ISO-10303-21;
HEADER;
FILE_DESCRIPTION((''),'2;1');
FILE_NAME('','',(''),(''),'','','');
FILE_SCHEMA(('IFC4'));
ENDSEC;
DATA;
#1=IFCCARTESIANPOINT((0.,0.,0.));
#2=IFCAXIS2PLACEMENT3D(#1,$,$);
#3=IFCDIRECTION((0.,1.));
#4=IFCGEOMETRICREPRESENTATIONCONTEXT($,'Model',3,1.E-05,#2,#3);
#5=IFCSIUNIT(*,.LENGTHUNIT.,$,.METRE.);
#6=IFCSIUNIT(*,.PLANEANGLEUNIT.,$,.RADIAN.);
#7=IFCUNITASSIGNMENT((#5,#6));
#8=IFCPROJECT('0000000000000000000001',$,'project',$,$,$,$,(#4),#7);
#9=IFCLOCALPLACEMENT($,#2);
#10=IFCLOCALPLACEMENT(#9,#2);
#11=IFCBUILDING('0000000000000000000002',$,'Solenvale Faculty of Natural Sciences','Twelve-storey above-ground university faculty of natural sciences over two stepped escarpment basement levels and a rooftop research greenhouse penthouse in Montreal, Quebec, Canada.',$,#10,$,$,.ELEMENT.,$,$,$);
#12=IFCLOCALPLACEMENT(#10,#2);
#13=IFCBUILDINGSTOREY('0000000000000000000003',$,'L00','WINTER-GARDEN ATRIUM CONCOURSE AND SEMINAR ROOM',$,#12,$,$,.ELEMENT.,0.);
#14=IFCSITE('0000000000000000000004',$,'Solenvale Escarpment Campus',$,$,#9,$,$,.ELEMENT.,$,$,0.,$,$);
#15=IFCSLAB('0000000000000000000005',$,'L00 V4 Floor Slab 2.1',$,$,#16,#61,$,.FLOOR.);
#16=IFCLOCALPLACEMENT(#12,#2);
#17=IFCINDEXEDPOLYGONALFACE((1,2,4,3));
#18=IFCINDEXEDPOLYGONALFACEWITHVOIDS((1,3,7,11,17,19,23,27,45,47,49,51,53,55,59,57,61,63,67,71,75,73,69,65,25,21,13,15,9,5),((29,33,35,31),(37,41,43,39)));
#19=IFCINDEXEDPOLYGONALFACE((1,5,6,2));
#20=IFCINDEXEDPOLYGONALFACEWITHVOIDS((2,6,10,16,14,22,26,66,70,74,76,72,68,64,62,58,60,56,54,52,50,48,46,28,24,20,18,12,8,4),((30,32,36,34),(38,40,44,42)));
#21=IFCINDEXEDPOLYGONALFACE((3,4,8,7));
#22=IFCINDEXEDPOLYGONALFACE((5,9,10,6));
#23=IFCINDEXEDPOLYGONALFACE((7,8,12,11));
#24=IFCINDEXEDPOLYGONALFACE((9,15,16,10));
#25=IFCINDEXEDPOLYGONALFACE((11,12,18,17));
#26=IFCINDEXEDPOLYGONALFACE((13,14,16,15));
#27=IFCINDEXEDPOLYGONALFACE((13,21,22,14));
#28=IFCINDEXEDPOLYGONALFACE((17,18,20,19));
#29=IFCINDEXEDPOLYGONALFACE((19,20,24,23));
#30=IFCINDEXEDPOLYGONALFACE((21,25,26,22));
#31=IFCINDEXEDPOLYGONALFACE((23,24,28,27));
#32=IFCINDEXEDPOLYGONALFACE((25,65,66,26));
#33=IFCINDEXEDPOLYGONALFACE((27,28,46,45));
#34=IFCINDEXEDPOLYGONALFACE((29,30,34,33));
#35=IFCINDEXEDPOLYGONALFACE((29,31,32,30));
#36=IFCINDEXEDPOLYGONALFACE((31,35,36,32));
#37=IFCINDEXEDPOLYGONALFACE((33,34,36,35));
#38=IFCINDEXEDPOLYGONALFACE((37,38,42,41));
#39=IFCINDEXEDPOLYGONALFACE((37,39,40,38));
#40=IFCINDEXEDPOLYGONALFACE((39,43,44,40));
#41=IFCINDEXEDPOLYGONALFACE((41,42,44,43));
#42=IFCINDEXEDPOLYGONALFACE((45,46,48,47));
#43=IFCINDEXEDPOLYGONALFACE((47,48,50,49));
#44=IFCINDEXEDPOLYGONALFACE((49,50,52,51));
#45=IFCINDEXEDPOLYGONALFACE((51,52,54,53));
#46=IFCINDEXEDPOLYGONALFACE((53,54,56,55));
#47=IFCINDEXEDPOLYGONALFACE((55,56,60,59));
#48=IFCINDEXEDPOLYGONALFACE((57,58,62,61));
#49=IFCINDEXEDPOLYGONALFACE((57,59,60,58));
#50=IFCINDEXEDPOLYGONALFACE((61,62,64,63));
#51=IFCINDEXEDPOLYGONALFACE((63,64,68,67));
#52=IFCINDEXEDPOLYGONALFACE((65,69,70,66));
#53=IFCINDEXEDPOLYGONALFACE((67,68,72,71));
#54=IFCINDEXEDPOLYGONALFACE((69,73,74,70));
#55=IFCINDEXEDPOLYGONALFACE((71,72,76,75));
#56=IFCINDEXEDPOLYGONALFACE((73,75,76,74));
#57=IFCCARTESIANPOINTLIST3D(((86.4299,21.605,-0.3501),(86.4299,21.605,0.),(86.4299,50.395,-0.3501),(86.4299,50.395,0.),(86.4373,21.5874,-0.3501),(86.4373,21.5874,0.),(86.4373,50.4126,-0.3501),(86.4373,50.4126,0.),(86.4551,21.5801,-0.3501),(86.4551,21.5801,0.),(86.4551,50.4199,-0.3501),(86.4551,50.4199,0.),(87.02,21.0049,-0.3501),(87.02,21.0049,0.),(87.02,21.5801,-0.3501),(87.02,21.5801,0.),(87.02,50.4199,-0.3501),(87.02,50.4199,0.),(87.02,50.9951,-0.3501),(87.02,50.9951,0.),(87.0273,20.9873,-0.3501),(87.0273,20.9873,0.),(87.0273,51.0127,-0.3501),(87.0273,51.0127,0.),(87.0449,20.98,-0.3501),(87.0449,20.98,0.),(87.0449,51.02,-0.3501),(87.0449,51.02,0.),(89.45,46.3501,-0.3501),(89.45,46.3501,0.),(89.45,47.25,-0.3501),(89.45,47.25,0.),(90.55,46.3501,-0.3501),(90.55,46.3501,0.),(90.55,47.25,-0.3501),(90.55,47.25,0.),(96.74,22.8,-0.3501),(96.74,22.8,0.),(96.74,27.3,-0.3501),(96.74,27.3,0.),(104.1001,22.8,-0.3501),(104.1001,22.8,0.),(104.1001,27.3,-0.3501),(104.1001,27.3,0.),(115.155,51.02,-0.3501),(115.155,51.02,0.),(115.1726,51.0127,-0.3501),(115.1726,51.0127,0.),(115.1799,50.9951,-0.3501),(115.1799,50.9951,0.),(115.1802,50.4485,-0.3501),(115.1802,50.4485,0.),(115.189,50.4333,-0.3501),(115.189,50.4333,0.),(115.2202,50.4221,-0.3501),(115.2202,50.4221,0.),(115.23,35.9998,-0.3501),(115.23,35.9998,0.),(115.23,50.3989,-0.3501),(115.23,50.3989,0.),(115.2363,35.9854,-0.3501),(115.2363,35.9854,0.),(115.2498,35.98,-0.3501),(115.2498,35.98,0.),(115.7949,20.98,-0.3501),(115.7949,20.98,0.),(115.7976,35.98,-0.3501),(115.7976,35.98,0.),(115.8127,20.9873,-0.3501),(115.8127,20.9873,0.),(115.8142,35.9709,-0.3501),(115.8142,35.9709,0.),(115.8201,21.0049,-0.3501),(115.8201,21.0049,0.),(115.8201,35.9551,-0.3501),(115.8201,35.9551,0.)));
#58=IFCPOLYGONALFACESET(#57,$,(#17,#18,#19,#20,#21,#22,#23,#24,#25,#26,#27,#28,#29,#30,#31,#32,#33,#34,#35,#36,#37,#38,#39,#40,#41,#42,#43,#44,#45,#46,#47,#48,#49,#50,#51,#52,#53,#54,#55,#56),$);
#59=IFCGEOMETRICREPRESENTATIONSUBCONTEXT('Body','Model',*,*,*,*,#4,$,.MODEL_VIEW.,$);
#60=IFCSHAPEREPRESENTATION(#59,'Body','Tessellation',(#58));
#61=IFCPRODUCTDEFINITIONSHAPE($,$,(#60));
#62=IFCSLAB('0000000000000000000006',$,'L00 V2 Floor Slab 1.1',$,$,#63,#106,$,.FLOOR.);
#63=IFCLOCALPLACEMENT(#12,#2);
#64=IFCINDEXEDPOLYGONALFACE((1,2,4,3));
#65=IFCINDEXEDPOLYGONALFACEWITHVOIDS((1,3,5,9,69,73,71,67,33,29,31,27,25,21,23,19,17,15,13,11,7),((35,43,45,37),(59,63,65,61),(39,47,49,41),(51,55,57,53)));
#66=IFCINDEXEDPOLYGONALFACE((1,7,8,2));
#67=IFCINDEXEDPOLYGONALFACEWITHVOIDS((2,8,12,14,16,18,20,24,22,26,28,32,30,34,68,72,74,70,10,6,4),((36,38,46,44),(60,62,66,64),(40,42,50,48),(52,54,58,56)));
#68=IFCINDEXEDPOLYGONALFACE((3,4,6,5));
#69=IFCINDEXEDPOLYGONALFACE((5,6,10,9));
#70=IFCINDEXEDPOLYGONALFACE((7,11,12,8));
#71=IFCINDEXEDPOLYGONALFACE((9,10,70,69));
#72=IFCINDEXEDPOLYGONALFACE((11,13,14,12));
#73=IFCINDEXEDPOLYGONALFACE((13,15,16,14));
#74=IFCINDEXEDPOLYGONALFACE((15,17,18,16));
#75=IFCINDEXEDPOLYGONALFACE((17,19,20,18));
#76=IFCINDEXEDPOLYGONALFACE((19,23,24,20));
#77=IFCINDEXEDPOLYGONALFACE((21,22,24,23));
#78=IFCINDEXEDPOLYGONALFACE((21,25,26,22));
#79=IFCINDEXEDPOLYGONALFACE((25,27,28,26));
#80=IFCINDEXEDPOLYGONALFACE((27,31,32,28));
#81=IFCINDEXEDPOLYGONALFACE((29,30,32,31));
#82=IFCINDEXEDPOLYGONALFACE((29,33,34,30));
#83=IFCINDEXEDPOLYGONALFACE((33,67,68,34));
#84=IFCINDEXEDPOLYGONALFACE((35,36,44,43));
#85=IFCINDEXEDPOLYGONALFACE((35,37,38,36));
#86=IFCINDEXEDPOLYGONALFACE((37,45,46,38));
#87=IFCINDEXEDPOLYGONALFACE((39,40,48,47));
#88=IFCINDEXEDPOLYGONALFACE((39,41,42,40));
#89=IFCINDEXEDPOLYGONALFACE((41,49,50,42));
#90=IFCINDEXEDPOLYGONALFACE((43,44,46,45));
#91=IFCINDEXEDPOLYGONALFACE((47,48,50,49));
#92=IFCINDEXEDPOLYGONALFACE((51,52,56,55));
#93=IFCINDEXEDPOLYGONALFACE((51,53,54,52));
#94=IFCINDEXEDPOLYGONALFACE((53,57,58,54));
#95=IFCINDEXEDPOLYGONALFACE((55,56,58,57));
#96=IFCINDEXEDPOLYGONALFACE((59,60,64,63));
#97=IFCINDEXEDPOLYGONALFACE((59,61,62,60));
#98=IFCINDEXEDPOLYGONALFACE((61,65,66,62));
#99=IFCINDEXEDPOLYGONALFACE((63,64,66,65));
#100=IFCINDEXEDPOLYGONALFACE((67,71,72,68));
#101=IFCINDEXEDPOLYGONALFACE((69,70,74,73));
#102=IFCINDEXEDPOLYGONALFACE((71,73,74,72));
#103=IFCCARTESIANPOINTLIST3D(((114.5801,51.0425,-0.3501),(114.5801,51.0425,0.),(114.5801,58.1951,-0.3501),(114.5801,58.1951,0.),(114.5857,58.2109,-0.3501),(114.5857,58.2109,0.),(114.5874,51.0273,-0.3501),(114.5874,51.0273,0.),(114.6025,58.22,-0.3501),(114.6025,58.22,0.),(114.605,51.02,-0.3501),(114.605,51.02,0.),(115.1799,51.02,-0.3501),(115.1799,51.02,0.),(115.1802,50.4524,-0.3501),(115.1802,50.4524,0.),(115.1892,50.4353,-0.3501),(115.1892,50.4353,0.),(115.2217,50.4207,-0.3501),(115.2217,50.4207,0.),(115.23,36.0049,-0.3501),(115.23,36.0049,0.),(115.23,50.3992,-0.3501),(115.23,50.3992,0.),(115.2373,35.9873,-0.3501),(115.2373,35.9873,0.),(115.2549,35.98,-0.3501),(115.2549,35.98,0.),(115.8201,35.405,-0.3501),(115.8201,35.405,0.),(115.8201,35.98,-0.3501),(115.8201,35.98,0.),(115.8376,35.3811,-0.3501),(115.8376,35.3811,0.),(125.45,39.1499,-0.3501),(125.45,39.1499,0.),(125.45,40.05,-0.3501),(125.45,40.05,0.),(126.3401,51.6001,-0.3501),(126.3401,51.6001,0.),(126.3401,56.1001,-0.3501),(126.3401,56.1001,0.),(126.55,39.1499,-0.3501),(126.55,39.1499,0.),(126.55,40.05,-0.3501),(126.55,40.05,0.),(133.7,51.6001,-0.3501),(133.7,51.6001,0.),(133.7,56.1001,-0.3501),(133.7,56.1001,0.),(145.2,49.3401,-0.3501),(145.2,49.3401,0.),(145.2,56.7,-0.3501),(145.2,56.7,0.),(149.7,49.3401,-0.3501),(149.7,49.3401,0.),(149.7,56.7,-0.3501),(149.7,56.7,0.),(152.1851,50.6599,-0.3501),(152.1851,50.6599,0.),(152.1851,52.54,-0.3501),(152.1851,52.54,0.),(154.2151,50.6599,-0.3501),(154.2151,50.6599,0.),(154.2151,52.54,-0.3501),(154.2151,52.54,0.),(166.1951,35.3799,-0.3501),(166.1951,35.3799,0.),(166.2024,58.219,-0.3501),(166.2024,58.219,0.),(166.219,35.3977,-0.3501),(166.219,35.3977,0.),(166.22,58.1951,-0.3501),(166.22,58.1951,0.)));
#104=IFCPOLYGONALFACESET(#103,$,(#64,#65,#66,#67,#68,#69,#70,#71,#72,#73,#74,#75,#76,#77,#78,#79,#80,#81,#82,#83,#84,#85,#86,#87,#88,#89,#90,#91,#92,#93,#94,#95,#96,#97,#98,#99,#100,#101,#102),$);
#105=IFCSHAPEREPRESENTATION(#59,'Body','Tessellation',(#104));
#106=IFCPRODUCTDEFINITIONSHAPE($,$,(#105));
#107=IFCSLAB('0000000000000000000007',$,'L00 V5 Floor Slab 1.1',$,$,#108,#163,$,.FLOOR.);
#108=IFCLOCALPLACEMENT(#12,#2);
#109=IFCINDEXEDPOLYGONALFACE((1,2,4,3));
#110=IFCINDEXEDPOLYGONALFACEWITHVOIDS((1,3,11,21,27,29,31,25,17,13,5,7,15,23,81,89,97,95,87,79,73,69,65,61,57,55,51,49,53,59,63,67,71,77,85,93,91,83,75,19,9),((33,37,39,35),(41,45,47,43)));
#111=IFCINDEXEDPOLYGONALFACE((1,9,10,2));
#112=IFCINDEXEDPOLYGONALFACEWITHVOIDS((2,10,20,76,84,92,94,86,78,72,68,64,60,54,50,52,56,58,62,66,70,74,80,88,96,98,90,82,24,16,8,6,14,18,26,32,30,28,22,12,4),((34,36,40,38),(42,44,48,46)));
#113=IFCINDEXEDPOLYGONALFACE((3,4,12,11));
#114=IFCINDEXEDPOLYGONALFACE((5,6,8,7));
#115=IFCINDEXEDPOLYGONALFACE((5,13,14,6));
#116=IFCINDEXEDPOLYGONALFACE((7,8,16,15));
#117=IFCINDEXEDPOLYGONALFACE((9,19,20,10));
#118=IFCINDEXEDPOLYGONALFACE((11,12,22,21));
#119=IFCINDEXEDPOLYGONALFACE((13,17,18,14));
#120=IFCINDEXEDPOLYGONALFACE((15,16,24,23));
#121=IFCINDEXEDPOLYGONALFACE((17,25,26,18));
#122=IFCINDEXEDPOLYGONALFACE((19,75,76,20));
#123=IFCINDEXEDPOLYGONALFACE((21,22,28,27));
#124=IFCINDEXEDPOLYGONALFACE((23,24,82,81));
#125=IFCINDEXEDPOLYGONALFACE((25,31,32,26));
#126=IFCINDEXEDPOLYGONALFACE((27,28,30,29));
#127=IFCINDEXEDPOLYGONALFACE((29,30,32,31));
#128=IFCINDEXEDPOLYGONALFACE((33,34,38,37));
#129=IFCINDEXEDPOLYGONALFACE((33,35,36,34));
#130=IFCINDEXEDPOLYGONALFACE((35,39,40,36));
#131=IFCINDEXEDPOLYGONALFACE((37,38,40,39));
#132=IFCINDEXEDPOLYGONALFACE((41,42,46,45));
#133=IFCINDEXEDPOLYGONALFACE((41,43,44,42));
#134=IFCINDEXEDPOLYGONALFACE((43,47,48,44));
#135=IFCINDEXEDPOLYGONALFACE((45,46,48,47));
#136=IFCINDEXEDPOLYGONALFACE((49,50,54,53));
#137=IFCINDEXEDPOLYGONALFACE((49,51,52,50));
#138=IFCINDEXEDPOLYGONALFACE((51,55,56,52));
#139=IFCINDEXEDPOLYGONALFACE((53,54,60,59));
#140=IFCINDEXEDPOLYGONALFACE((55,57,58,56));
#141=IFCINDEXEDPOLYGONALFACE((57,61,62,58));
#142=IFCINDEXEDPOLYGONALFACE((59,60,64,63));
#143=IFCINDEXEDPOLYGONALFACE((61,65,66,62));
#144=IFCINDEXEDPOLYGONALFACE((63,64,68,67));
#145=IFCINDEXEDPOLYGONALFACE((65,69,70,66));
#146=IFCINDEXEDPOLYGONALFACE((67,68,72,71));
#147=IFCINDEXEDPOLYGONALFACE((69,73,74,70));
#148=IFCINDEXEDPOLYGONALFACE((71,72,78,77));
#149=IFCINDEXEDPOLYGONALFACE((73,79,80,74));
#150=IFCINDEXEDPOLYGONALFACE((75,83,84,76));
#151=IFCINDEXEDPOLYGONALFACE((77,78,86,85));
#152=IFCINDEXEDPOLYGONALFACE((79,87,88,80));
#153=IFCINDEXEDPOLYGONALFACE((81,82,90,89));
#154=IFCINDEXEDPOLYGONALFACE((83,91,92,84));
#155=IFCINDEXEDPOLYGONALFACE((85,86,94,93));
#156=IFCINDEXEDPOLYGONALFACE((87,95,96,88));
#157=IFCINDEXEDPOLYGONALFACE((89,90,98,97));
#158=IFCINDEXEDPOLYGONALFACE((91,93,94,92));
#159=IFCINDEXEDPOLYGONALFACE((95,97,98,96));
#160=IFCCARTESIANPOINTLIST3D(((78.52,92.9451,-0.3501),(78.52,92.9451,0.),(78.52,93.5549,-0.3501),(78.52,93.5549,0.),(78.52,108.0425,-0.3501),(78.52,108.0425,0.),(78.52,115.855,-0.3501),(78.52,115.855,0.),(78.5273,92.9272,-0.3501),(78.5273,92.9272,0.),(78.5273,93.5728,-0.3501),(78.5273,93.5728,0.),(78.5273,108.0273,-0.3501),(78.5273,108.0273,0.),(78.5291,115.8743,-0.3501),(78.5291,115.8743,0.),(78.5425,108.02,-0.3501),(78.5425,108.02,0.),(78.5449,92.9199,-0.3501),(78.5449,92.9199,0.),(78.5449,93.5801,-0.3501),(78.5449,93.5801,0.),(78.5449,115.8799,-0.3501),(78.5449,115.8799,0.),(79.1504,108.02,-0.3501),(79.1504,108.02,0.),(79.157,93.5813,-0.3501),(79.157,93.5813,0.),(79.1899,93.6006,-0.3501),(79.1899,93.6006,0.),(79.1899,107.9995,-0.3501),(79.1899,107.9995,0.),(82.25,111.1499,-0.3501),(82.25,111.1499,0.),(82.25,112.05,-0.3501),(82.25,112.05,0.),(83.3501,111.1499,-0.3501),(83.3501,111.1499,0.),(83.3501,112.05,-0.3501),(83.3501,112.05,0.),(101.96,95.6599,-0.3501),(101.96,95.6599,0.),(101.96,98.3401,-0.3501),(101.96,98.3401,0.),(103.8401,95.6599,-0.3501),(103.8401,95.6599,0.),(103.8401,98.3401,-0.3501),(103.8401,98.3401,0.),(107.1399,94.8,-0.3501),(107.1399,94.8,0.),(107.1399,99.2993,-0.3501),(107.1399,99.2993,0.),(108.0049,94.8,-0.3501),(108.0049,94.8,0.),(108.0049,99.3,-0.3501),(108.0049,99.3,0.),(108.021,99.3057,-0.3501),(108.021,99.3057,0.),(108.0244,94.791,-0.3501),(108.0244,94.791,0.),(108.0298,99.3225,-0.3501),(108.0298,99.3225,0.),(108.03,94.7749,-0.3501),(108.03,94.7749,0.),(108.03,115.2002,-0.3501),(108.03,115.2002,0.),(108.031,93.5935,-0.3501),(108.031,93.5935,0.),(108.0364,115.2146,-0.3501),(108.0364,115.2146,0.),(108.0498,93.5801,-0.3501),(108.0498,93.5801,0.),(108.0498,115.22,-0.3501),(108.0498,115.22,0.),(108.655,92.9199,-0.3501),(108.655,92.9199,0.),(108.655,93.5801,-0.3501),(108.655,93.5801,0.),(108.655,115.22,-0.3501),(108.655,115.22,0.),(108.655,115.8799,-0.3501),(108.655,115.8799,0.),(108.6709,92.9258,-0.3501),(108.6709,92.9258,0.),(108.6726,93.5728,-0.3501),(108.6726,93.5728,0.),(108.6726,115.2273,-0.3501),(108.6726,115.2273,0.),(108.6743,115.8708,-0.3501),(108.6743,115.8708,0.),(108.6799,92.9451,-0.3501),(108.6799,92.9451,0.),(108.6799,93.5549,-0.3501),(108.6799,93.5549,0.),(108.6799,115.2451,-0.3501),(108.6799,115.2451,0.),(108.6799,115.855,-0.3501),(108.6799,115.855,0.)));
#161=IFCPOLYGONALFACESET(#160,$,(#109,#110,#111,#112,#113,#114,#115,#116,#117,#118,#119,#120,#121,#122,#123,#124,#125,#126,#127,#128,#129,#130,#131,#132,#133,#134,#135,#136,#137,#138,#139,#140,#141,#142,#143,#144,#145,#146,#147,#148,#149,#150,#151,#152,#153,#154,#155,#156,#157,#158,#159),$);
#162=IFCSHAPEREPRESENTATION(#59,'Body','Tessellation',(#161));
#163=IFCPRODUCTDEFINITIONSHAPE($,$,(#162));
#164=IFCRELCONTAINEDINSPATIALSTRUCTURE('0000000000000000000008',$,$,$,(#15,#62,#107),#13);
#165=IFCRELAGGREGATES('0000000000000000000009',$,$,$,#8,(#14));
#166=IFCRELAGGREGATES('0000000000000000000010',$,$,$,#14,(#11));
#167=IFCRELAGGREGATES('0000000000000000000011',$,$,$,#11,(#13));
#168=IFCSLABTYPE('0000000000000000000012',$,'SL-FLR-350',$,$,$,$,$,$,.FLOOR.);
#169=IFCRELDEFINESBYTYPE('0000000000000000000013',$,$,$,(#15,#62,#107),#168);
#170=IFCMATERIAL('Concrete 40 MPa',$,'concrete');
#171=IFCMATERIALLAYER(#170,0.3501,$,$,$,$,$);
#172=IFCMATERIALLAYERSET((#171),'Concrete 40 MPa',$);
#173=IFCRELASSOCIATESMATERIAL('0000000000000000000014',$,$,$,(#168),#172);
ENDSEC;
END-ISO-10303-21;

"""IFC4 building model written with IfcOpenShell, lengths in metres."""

from ifc_helpers import new_model, si_unit, direction, frame, origin, place, context, subcontext, project, spatial, polyline, outline, extrude, material, layer, layer_set, type_object, element, save


model = new_model("IFC4")

# Units and contexts
model_context = context("Model", 3, precision=1e-05, world=origin(), true_north=direction((0.0, 1.0)))
body_context = subcontext(model_context, "Body", "Model", "MODEL_VIEW")
ifc_project = project(units=[si_unit("LENGTHUNIT", "METRE"), si_unit("PLANEANGLEUNIT", "RADIAN")], contexts=[model_context])

# Site, building, storey
site_placement = place(None, origin())
site = spatial("IfcSite", under=ifc_project, at=site_placement, Name="Solenvale Escarpment Campus", CompositionType="ELEMENT", RefElevation=0.0)
building_placement = place(site_placement, origin())
building = spatial("IfcBuilding", under=site, at=building_placement, Name="Solenvale Faculty of Natural Sciences", Description="Twelve-storey above-ground university faculty of natural sciences over two stepped escarpment basement levels and a rooftop research greenhouse penthouse in Montreal, Quebec, Canada.", CompositionType="ELEMENT")
storey_placement = place(building_placement, origin())
storey = spatial("IfcBuildingStorey", under=building, at=storey_placement, Name="L00", Description="WINTER-GARDEN ATRIUM CONCOURSE AND SEMINAR ROOM", CompositionType="ELEMENT", Elevation=0.0)

# Slabs
ifc_material_1 = material(Name="Concrete 40 MPa", Category="concrete")
ifc_layer_1 = layer(ifc_material_1, 0.3501)
ifc_layer_set_1 = layer_set([ifc_layer_1], Name="Concrete 40 MPa")
slab_type_1 = type_object("IfcSlabType", Name="SL-FLR-350", PredefinedType="FLOOR", material=ifc_layer_set_1)
slab_1_placement = place(storey_placement, frame((0.0, 0.0, -0.3501)))
element("IfcSlab", 1, at=slab_1_placement, inside=storey, type_object=slab_type_1, Name="L00 V4 Floor Slab 2.1", PredefinedType="FLOOR", context=body_context, shape_type="SweptSolid", body=[
    extrude(outline(polyline([(86.4551, 21.5801), (86.4373, 21.5874), (86.4299, 21.605), (86.4299, 50.395), (86.4373, 50.4126), (86.4551, 50.4199), (87.02, 50.4199), (87.02, 50.9951), (87.0273, 51.0127), (87.0449, 51.02), (115.155, 51.02), (115.1726, 51.0127), (115.1799, 50.9951), (115.1802, 50.4485), (115.189, 50.4333), (115.2202, 50.4221), (115.23, 50.3989), (115.23, 35.9998), (115.2363, 35.9854), (115.2498, 35.98), (115.7976, 35.98), (115.8142, 35.9709), (115.8201, 35.9551), (115.8201, 21.0049), (115.8127, 20.9873), (115.7949, 20.98), (87.0449, 20.98), (87.0273, 20.9873), (87.02, 21.0049), (87.02, 21.5801), (86.4551, 21.5801)]), holes=[polyline([(96.74, 22.8), (104.1001, 22.8), (104.1001, 27.3), (96.74, 27.3), (96.74, 22.8)]), polyline([(89.45, 46.3501), (90.55, 46.3501), (90.55, 47.25), (89.45, 47.25), (89.45, 46.3501)])]), origin(), (0.0, 0.0, 1.0), 0.3501),
])
slab_2_placement = place(storey_placement, frame((0.0, 0.0, -0.3501)))
element("IfcSlab", 2, at=slab_2_placement, inside=storey, type_object=slab_type_1, Name="L00 V2 Floor Slab 1.1", PredefinedType="FLOOR", context=body_context, shape_type="SweptSolid", body=[
    extrude(outline(polyline([(115.1799, 51.02), (114.605, 51.02), (114.5874, 51.0273), (114.5801, 51.0425), (114.5801, 58.1951), (114.5857, 58.2109), (114.6025, 58.22), (166.2024, 58.219), (166.22, 58.1951), (166.219, 35.3977), (166.1951, 35.3799), (115.8376, 35.3811), (115.8201, 35.405), (115.8201, 35.98), (115.2549, 35.98), (115.2373, 35.9873), (115.23, 36.0049), (115.23, 50.3992), (115.2217, 50.4207), (115.1892, 50.4353), (115.1802, 50.4524), (115.1799, 51.02)]), holes=[polyline([(152.1851, 50.6599), (154.2151, 50.6599), (154.2151, 52.54), (152.1851, 52.54), (152.1851, 50.6599)]), polyline([(145.2, 49.3401), (149.7, 49.3401), (149.7, 56.7), (145.2, 56.7), (145.2, 49.3401)]), polyline([(126.3401, 51.6001), (133.7, 51.6001), (133.7, 56.1001), (126.3401, 56.1001), (126.3401, 51.6001)]), polyline([(125.45, 39.1499), (126.55, 39.1499), (126.55, 40.05), (125.45, 40.05), (125.45, 39.1499)])]), origin(), (0.0, 0.0, 1.0), 0.3501),
])
slab_3_placement = place(storey_placement, frame((0.0, 0.0, -0.3501)))
element("IfcSlab", 3, at=slab_3_placement, inside=storey, type_object=slab_type_1, Name="L00 V5 Floor Slab 1.1", PredefinedType="FLOOR", context=body_context, shape_type="SweptSolid", body=[
    extrude(outline(polyline([(79.157, 93.5813), (79.1899, 93.6006), (79.1899, 107.9995), (79.1504, 108.02), (78.5425, 108.02), (78.5273, 108.0273), (78.52, 108.0425), (78.52, 115.855), (78.5291, 115.8743), (78.5449, 115.8799), (108.655, 115.8799), (108.6743, 115.8708), (108.6799, 115.855), (108.6799, 115.2451), (108.6726, 115.2273), (108.655, 115.22), (108.0498, 115.22), (108.0364, 115.2146), (108.03, 115.2002), (108.0298, 99.3225), (108.021, 99.3057), (108.0049, 99.3), (107.1399, 99.2993), (107.1399, 94.8), (108.0049, 94.8), (108.0244, 94.791), (108.03, 94.7749), (108.031, 93.5935), (108.0498, 93.5801), (108.655, 93.5801), (108.6726, 93.5728), (108.6799, 93.5549), (108.6799, 92.9451), (108.6709, 92.9258), (108.655, 92.9199), (78.5449, 92.9199), (78.5273, 92.9272), (78.52, 92.9451), (78.52, 93.5549), (78.5273, 93.5728), (78.5449, 93.5801), (79.157, 93.5813)]), holes=[polyline([(101.96, 95.6599), (103.8401, 95.6599), (103.8401, 98.3401), (101.96, 98.3401), (101.96, 95.6599)]), polyline([(82.25, 111.1499), (83.3501, 111.1499), (83.3501, 112.05), (82.25, 112.05), (82.25, 111.1499)])]), origin(), (0.0, 0.0, 1.0), 0.3501),
])

save(model, "model.ifc")
